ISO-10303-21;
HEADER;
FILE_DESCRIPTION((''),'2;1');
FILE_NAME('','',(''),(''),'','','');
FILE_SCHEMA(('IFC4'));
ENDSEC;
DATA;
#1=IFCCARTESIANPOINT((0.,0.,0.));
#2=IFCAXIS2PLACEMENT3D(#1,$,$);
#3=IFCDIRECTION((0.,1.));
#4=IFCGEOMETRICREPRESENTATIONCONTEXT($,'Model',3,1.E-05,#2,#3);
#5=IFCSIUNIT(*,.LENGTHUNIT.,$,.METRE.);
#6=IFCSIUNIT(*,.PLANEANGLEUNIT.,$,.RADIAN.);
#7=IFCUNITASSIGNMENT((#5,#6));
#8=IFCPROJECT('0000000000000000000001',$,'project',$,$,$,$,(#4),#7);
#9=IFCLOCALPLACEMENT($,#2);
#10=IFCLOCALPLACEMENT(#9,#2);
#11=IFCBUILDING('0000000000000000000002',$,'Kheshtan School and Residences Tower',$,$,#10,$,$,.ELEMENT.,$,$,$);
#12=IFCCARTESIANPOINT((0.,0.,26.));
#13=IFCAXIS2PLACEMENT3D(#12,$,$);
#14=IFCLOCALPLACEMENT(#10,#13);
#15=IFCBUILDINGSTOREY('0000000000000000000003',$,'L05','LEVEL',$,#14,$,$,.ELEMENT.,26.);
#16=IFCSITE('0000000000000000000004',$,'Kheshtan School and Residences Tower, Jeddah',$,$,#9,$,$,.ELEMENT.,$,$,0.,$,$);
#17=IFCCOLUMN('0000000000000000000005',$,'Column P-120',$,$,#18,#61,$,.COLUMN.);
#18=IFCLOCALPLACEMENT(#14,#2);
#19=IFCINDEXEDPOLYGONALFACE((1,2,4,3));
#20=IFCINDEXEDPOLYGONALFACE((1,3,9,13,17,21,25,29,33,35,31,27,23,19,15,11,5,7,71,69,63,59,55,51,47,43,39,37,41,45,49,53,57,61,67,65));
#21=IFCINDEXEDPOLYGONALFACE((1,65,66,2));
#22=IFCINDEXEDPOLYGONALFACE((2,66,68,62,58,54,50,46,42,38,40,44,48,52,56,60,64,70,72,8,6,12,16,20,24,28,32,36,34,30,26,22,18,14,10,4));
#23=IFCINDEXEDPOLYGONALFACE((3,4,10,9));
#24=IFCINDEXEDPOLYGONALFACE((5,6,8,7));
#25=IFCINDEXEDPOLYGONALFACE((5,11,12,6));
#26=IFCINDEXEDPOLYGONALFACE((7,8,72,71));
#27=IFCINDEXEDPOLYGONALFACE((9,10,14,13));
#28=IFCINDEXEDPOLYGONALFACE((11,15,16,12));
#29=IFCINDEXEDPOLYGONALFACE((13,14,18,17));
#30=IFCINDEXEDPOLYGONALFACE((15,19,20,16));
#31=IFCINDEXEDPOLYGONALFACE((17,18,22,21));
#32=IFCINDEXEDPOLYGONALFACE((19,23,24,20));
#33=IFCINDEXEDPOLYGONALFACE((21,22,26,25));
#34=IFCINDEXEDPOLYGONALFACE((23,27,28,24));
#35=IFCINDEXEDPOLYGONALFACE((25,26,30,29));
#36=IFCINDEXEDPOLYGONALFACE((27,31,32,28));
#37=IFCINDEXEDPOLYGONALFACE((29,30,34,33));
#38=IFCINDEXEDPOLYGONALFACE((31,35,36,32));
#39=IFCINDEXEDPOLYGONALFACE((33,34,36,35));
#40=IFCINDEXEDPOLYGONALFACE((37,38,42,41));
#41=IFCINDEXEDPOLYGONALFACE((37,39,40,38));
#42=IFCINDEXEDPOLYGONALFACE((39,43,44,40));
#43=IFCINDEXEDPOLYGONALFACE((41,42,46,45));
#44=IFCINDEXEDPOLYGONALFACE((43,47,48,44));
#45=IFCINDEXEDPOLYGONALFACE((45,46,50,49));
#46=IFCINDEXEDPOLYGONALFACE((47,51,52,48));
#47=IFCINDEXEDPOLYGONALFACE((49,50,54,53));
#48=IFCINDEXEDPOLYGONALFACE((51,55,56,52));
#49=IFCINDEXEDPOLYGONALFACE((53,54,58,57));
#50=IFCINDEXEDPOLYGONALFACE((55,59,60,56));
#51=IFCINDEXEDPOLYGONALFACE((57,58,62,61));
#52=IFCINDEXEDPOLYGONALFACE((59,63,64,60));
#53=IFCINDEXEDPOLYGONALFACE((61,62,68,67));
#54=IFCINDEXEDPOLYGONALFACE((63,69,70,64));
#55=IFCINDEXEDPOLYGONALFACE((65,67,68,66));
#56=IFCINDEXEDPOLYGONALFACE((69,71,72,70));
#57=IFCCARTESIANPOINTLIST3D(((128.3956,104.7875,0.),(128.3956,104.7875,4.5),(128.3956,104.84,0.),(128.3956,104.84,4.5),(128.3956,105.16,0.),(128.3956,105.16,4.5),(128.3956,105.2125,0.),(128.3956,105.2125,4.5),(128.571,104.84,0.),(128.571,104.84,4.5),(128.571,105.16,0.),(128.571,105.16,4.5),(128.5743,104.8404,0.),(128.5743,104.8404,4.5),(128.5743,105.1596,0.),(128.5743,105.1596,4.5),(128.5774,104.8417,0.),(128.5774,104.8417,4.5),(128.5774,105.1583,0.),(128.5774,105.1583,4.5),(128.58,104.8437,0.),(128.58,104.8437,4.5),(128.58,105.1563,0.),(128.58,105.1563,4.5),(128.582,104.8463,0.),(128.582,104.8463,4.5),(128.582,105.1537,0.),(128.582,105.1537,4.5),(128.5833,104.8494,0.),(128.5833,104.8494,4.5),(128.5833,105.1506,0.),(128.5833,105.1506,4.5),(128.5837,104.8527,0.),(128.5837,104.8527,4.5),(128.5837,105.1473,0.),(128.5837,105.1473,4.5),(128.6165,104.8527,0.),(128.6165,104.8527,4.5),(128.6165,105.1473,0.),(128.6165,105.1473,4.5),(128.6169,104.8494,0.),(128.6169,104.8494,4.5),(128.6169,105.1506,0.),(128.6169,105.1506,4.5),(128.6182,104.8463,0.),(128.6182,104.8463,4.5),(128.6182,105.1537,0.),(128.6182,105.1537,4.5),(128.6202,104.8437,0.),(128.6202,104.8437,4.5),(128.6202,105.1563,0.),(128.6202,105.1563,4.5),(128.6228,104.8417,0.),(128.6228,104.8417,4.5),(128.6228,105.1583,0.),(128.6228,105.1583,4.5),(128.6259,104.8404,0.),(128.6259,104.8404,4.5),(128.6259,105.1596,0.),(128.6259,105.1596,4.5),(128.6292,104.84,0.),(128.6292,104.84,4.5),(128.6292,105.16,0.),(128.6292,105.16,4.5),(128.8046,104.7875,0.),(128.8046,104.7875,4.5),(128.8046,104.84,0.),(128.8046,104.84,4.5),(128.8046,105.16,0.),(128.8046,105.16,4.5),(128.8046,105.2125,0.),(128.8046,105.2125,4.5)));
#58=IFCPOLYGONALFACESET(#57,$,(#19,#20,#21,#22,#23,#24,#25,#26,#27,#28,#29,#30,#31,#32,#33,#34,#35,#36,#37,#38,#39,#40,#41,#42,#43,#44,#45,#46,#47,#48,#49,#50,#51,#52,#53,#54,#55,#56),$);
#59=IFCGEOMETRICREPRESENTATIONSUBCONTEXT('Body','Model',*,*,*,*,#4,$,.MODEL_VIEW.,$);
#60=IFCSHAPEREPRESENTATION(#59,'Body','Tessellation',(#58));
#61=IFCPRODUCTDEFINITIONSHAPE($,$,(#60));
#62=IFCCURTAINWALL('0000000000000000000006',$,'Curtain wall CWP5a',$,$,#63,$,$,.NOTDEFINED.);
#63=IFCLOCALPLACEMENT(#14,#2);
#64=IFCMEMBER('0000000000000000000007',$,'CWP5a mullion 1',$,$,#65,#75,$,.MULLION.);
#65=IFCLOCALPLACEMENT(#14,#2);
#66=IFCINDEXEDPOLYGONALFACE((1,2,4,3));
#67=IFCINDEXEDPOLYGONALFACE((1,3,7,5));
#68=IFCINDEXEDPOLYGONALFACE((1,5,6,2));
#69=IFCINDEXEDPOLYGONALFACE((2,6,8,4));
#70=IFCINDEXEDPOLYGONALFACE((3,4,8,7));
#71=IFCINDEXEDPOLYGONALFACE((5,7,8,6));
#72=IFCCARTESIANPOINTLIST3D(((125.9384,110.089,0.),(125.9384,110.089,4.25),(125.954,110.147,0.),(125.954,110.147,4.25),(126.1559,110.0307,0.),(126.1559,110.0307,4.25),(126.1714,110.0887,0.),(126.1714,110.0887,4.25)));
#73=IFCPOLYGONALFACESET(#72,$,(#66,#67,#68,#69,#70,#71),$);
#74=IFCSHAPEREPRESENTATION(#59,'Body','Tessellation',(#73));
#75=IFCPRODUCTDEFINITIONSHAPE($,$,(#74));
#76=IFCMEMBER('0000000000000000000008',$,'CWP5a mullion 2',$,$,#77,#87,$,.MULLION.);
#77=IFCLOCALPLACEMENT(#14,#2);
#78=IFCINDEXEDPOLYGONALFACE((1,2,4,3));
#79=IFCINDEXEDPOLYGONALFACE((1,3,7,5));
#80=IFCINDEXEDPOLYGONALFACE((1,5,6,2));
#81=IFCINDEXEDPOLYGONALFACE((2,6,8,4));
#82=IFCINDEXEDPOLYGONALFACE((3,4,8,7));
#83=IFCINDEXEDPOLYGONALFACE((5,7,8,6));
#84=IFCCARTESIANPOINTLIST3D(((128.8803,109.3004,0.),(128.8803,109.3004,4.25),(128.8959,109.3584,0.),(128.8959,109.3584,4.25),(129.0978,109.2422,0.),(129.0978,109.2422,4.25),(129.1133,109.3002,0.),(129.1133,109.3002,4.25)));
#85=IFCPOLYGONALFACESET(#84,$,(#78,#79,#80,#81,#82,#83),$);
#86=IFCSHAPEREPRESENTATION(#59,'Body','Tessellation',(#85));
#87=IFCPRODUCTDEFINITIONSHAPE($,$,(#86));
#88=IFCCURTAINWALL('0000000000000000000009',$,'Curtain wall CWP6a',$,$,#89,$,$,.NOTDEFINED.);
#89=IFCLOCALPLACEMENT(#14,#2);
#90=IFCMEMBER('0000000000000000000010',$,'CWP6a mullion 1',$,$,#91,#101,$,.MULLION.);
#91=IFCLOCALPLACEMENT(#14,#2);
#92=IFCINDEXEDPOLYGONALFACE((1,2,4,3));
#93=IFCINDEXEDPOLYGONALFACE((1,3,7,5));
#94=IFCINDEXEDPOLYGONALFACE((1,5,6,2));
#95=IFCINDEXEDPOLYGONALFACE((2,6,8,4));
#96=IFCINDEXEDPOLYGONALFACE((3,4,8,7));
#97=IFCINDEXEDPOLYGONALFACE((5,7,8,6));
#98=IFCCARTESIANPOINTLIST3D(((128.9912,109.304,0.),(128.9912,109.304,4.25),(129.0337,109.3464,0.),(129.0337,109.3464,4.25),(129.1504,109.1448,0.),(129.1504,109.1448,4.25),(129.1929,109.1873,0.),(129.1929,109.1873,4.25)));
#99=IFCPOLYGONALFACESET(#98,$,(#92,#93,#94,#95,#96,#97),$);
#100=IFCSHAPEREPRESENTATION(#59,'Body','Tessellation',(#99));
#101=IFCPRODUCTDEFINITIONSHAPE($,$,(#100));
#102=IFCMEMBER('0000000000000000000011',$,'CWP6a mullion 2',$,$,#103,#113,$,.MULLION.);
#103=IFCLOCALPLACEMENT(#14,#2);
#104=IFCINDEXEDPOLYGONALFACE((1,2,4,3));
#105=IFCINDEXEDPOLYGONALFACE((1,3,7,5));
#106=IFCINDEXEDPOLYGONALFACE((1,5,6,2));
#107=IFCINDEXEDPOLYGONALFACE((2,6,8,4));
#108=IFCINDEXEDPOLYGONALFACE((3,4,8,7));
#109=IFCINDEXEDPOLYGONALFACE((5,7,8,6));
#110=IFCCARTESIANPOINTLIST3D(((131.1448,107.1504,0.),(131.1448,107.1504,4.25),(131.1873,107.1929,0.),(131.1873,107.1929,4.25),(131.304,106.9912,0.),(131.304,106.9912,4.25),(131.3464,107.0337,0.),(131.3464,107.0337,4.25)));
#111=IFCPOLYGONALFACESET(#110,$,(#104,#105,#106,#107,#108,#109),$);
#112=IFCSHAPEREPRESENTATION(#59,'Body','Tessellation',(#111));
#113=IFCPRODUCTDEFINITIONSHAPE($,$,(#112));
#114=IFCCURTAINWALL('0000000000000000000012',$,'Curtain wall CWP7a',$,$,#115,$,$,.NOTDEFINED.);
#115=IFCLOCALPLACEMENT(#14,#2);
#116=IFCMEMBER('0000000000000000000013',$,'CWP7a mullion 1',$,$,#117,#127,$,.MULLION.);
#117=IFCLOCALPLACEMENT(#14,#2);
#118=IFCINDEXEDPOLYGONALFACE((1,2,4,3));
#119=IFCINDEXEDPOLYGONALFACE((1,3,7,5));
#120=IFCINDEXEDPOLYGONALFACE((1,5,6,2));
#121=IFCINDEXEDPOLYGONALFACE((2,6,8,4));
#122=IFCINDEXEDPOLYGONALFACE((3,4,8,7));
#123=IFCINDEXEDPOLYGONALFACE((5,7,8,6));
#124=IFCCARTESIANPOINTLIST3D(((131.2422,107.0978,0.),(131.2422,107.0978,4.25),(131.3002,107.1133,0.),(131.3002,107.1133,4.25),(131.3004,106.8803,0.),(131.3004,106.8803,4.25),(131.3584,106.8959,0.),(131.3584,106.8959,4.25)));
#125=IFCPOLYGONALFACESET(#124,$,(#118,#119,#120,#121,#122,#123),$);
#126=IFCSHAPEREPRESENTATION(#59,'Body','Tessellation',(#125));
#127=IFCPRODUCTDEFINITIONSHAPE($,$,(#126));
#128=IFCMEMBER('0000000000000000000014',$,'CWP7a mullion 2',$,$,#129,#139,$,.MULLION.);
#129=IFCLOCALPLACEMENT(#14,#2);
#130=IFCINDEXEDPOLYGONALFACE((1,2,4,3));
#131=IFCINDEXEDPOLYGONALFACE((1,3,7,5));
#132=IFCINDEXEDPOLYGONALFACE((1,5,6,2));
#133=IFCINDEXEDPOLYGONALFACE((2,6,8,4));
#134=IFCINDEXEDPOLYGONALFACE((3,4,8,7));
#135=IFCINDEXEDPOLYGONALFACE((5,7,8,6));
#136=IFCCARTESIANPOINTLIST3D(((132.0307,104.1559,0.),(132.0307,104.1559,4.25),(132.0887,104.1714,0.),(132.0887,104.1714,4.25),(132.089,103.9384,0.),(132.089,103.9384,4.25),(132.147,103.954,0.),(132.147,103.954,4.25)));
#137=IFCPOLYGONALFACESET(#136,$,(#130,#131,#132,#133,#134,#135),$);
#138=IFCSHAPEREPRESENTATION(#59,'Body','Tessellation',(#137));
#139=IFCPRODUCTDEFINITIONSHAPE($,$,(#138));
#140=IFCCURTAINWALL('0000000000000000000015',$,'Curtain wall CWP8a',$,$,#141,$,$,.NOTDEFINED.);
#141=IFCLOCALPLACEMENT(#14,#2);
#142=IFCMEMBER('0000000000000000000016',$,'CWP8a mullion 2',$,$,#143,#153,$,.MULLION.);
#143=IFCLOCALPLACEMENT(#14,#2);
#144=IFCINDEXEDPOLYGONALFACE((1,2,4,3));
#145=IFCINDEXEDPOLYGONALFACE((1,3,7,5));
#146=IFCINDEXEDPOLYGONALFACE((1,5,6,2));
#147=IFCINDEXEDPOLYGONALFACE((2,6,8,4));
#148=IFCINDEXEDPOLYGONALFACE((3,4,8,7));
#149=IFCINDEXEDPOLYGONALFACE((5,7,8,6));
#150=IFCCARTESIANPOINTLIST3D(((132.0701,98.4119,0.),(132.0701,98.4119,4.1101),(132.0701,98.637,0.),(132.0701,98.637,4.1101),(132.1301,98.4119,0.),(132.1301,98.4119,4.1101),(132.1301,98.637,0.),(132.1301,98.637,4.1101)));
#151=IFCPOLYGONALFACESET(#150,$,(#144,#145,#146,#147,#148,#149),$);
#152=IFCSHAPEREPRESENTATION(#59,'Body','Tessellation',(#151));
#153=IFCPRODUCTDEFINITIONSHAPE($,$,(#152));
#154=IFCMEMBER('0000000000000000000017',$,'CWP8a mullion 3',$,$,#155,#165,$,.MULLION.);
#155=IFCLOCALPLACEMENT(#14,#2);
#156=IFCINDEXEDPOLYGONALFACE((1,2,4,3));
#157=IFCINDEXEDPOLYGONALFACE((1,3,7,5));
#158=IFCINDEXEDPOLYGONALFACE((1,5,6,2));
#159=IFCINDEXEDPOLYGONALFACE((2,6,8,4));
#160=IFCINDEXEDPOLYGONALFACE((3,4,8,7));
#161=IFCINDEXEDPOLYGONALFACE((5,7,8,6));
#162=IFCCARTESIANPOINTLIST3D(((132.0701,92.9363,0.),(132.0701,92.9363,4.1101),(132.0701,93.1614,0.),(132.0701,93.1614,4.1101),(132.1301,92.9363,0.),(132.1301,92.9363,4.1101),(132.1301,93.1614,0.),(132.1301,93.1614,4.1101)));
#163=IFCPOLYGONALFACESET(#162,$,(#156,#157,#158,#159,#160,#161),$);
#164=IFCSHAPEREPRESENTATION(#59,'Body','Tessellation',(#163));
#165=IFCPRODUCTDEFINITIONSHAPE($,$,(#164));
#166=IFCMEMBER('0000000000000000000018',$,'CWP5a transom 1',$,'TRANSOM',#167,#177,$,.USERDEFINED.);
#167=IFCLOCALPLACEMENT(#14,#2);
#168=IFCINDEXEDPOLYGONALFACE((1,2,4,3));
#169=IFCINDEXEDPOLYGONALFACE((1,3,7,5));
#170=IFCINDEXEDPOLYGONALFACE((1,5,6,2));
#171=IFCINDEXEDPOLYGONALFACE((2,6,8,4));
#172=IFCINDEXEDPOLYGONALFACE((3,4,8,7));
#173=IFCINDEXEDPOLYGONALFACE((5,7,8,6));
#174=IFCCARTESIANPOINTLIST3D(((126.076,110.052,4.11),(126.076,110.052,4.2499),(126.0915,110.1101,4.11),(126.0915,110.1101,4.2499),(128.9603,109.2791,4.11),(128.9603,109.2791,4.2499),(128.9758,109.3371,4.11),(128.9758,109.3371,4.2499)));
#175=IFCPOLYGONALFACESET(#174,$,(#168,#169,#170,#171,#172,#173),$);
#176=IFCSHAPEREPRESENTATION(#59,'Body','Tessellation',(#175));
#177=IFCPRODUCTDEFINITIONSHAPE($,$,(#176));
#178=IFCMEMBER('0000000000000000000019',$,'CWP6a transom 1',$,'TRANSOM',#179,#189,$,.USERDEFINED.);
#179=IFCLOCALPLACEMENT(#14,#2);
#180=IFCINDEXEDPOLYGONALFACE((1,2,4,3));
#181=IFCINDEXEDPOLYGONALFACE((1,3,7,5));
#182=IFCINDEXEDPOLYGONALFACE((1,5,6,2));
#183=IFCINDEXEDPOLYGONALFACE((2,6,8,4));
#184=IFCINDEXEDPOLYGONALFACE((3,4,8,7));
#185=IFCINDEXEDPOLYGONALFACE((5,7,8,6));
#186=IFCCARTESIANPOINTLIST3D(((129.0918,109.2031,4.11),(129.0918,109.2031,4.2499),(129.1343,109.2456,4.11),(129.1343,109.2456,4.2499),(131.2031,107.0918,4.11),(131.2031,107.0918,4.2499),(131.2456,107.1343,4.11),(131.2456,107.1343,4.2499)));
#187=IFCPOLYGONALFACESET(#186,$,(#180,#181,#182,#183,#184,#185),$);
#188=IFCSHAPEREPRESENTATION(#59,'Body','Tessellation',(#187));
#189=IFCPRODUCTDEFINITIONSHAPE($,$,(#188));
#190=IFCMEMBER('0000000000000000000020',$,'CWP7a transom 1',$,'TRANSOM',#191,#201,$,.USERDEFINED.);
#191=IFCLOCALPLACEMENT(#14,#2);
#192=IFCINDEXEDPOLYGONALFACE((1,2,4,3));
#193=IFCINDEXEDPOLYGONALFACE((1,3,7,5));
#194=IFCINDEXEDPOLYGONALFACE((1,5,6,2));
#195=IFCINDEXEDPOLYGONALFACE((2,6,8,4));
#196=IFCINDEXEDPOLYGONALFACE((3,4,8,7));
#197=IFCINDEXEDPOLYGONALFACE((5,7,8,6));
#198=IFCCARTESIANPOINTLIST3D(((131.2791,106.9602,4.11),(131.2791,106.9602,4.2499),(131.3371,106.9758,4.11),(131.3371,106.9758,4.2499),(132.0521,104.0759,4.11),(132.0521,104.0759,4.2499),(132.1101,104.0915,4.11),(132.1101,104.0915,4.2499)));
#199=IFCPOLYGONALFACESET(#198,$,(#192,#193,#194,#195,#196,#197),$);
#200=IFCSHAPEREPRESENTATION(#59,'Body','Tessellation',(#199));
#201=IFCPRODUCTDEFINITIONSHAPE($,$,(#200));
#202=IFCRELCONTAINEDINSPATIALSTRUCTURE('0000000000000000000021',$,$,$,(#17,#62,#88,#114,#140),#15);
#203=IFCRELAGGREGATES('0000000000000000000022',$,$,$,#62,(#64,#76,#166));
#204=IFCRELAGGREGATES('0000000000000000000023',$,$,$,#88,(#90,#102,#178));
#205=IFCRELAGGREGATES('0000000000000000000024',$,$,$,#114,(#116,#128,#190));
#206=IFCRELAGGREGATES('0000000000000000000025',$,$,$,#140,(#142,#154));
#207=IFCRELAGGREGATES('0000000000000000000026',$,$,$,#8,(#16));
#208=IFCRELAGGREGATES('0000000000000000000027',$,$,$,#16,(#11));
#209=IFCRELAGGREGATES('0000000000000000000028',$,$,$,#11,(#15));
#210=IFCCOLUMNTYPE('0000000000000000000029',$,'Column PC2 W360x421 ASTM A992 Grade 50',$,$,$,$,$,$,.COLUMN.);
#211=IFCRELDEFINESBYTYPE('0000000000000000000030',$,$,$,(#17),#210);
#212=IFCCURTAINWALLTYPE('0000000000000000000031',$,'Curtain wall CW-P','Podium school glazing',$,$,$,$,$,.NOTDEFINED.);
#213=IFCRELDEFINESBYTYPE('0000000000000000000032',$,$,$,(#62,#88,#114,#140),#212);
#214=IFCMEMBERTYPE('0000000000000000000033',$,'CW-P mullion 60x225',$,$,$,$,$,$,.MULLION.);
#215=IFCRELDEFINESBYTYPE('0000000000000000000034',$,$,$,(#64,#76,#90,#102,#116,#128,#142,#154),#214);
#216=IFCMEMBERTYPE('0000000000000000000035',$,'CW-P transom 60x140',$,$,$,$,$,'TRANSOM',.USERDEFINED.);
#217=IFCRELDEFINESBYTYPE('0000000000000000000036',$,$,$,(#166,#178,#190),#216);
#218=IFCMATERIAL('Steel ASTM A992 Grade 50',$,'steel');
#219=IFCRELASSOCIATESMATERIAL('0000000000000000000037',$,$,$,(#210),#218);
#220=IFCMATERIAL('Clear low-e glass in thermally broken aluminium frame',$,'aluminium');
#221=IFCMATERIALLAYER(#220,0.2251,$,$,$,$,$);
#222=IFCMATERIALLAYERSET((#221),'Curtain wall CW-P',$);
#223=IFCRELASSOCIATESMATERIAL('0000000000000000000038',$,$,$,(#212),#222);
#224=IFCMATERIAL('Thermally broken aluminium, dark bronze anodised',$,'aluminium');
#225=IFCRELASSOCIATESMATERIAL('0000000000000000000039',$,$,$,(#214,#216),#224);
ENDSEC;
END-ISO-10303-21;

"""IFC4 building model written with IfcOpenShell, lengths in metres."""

from ifc_helpers import new_model, si_unit, direction, frame, origin, origin_2d, place, context, subcontext, project, spatial, rectangle, i_section, extrude, material, layer, layer_set, material_profile, profile_set, type_object, element, aggregate, save


model = new_model("IFC4")

# Units and contexts
model_context = context("Model", 3, precision=1e-05, world=origin(), true_north=direction((0.0, 1.0)))
body_context = subcontext(model_context, "Body", "Model", "MODEL_VIEW")
ifc_project = project(units=[si_unit("LENGTHUNIT", "METRE"), si_unit("PLANEANGLEUNIT", "RADIAN")], contexts=[model_context])

# Site, building, storey
site_placement = place(None, origin())
site = spatial("IfcSite", under=ifc_project, at=site_placement, Name="Kheshtan School and Residences Tower, Jeddah", CompositionType="ELEMENT", RefElevation=0.0)
building_placement = place(site_placement, origin())
building = spatial("IfcBuilding", under=site, at=building_placement, Name="Kheshtan School and Residences Tower", CompositionType="ELEMENT")
storey_placement = place(building_placement, frame((0.0, 0.0, 26.0)))
storey = spatial("IfcBuildingStorey", under=building, at=storey_placement, Name="L05", Description="LEVEL", CompositionType="ELEMENT", Elevation=26.0)

# Column
ifc_material_1 = material(Name="Steel ASTM A992 Grade 50", Category="steel")
ifc_material_profile_1 = material_profile(ifc_material_1, i_section(OverallWidth=0.4089, OverallDepth=0.425, WebThickness=0.0327, FlangeThickness=0.0525, FilletRadius=0.0127, at=origin_2d()), Name="W360x421")
ifc_profile_set_1 = profile_set([ifc_material_profile_1], Name="Steel ASTM A992 Grade 50")
column_type = type_object("IfcColumnType", Name="Column PC2 W360x421 ASTM A992 Grade 50", PredefinedType="COLUMN", material=ifc_profile_set_1)
for number, where, z_axis, x_axis, name in (
    (1, (128.6001, 105.0, 0.0), (0.0, 0.0, 1.0), (1.0, 0.0, 0.0), "Column P-120"),
):
    element("IfcColumn", number, at=place(storey_placement, frame(where, z_axis=z_axis, x_axis=x_axis)), inside=storey, type_object=column_type, Name=name, PredefinedType="COLUMN", context=body_context, shape_type="SweptSolid", body=[
        extrude(i_section(OverallWidth=0.4089, OverallDepth=0.425, WebThickness=0.0327, FlangeThickness=0.0525, FilletRadius=0.0127, at=origin_2d()), origin(), (0.0, 0.0, 1.0), 4.5),
    ])

# Curtain walls, members
ifc_material_2 = material(Name="Clear low-e glass in thermally broken aluminium frame", Category="aluminium")
ifc_layer_1 = layer(ifc_material_2, 0.2251)
ifc_layer_set_1 = layer_set([ifc_layer_1], Name="Curtain wall CW-P")
curtain_wall_type = type_object("IfcCurtainWallType", Name="Curtain wall CW-P", Description="Podium school glazing", PredefinedType="NOTDEFINED", material=ifc_layer_set_1)
curtain_wall_1_placement = place(storey_placement, origin())
curtain_wall_1 = element("IfcCurtainWall", 2, at=curtain_wall_1_placement, inside=storey, type_object=curtain_wall_type, Name="Curtain wall CWP5a", PredefinedType="NOTDEFINED")
ifc_material_3 = material(Name="Thermally broken aluminium, dark bronze anodised", Category="aluminium")
ifc_material_profile_2 = material_profile(ifc_material_3, rectangle(XDim=0.0601, YDim=0.2251, at=origin_2d()), Name="CW-P mullion 60x225")
ifc_profile_set_2 = profile_set([ifc_material_profile_2], Name="Thermally broken aluminium, dark bronze anodised")
member_type_1 = type_object("IfcMemberType", Name="CW-P mullion 60x225", PredefinedType="MULLION", material=ifc_profile_set_2)
member_1_placement = place(storey_placement, frame((126.0549, 110.0889, 0.0), z_axis=(0.0, 0.0, 1.0), x_axis=(0.258865, 0.965914, 0.0)))
member_1 = element("IfcMember", 3, at=member_1_placement, type_object=member_type_1, Name="CWP5a mullion 1", PredefinedType="MULLION", context=body_context, shape_type="SweptSolid", body=[
    extrude(rectangle(XDim=0.0601, YDim=0.2251, at=origin_2d()), origin(), (0.0, 0.0, 1.0), 4.25),
])
member_2_placement = place(storey_placement, frame((128.9968, 109.3003, 0.0), z_axis=(0.0, 0.0, 1.0), x_axis=(0.258865, 0.965914, 0.0)))
member_2 = element("IfcMember", 4, at=member_2_placement, type_object=member_type_1, Name="CWP5a mullion 2", PredefinedType="MULLION", context=body_context, shape_type="SweptSolid", body=[
    extrude(rectangle(XDim=0.0601, YDim=0.2251, at=origin_2d()), origin(), (0.0, 0.0, 1.0), 4.25),
])
curtain_wall_2_placement = place(storey_placement, origin())
curtain_wall_2 = element("IfcCurtainWall", 5, at=curtain_wall_2_placement, inside=storey, type_object=curtain_wall_type, Name="Curtain wall CWP6a", PredefinedType="NOTDEFINED")
member_3_placement = place(storey_placement, frame((129.092, 109.2456, 0.0), z_axis=(0.0, 0.0, 1.0), x_axis=(0.707107, 0.707107, 0.0)))
member_3 = element("IfcMember", 6, at=member_3_placement, type_object=member_type_1, Name="CWP6a mullion 1", PredefinedType="MULLION", context=body_context, shape_type="SweptSolid", body=[
    extrude(rectangle(XDim=0.0601, YDim=0.2251, at=origin_2d()), origin(), (0.0, 0.0, 1.0), 4.25),
])
member_4_placement = place(storey_placement, frame((131.2456, 107.092, 0.0), z_axis=(0.0, 0.0, 1.0), x_axis=(0.707107, 0.707107, 0.0)))
member_4 = element("IfcMember", 7, at=member_4_placement, type_object=member_type_1, Name="CWP6a mullion 2", PredefinedType="MULLION", context=body_context, shape_type="SweptSolid", body=[
    extrude(rectangle(XDim=0.0601, YDim=0.2251, at=origin_2d()), origin(), (0.0, 0.0, 1.0), 4.25),
])
curtain_wall_3_placement = place(storey_placement, origin())
curtain_wall_3 = element("IfcCurtainWall", 8, at=curtain_wall_3_placement, inside=storey, type_object=curtain_wall_type, Name="Curtain wall CWP7a", PredefinedType="NOTDEFINED")
member_5_placement = place(storey_placement, frame((131.3003, 106.9968, 0.0), z_axis=(0.0, 0.0, 1.0), x_axis=(0.965914, 0.258865, 0.0)))
member_5 = element("IfcMember", 9, at=member_5_placement, type_object=member_type_1, Name="CWP7a mullion 1", PredefinedType="MULLION", context=body_context, shape_type="SweptSolid", body=[
    extrude(rectangle(XDim=0.0601, YDim=0.2251, at=origin_2d()), origin(), (0.0, 0.0, 1.0), 4.25),
])
member_6_placement = place(storey_placement, frame((132.0889, 104.0549, 0.0), z_axis=(0.0, 0.0, 1.0), x_axis=(0.965914, 0.258865, 0.0)))
member_6 = element("IfcMember", 10, at=member_6_placement, type_object=member_type_1, Name="CWP7a mullion 2", PredefinedType="MULLION", context=body_context, shape_type="SweptSolid", body=[
    extrude(rectangle(XDim=0.0601, YDim=0.2251, at=origin_2d()), origin(), (0.0, 0.0, 1.0), 4.25),
])
curtain_wall_4_placement = place(storey_placement, origin())
curtain_wall_4 = element("IfcCurtainWall", 11, at=curtain_wall_4_placement, inside=storey, type_object=curtain_wall_type, Name="Curtain wall CWP8a", PredefinedType="NOTDEFINED")
member_7_placement = place(storey_placement, frame((132.1001, 98.5244, 0.0), z_axis=(0.0, 0.0, 1.0), x_axis=(1.0, 0.0, 0.0)))
member_7 = element("IfcMember", 12, at=member_7_placement, type_object=member_type_1, Name="CWP8a mullion 2", PredefinedType="MULLION", context=body_context, shape_type="SweptSolid", body=[
    extrude(rectangle(XDim=0.0601, YDim=0.2251, at=origin_2d()), origin(), (0.0, 0.0, 1.0), 4.1101),
])
member_8_placement = place(storey_placement, frame((132.1001, 93.0488, 0.0), z_axis=(0.0, 0.0, 1.0), x_axis=(1.0, 0.0, 0.0)))
member_8 = element("IfcMember", 13, at=member_8_placement, type_object=member_type_1, Name="CWP8a mullion 3", PredefinedType="MULLION", context=body_context, shape_type="SweptSolid", body=[
    extrude(rectangle(XDim=0.0601, YDim=0.2251, at=origin_2d()), origin(), (0.0, 0.0, 1.0), 4.1101),
])

# Members
ifc_material_profile_3 = material_profile(ifc_material_3, rectangle(XDim=0.0601, YDim=0.1399, at=origin_2d()), Name="CW-P transom 60x140")
ifc_profile_set_3 = profile_set([ifc_material_profile_3], Name="Thermally broken aluminium, dark bronze anodised")
member_type_2 = type_object("IfcMemberType", Name="CW-P transom 60x140", ElementType="TRANSOM", PredefinedType="USERDEFINED", material=ifc_profile_set_3)
member_9_placement = place(storey_placement, frame((126.0837, 110.0811, 4.1799), z_axis=(0.965917, -0.258853, 0.0), x_axis=(0.258853, 0.965917, 0.0)))
member_9 = element("IfcMember", 14, at=member_9_placement, type_object=member_type_2, Name="CWP5a transom 1", ObjectType="TRANSOM", PredefinedType="USERDEFINED", context=body_context, shape_type="SweptSolid", body=[
    extrude(rectangle(XDim=0.0601, YDim=0.1399, at=origin_2d()), origin(), (0.0, 0.0, 1.0), 2.9861),
])
member_10_placement = place(storey_placement, frame((129.113, 109.2244, 4.1799), z_axis=(0.707107, -0.707107, 0.0), x_axis=(0.707107, 0.707107, 0.0)))
member_10 = element("IfcMember", 15, at=member_10_placement, type_object=member_type_2, Name="CWP6a transom 1", ObjectType="TRANSOM", PredefinedType="USERDEFINED", context=body_context, shape_type="SweptSolid", body=[
    extrude(rectangle(XDim=0.0601, YDim=0.1399, at=origin_2d()), origin(), (0.0, 0.0, 1.0), 2.9858),
])
member_11_placement = place(storey_placement, frame((131.3081, 106.968, 4.1799), z_axis=(0.258853, -0.965917, 0.0), x_axis=(0.965917, 0.258853, 0.0)))
member_11 = element("IfcMember", 16, at=member_11_placement, type_object=member_type_2, Name="CWP7a transom 1", ObjectType="TRANSOM", PredefinedType="USERDEFINED", context=body_context, shape_type="SweptSolid", body=[
    extrude(rectangle(XDim=0.0601, YDim=0.1399, at=origin_2d()), origin(), (0.0, 0.0, 1.0), 2.9861),
])

aggregate(curtain_wall_1, [member_1, member_2, member_9])
aggregate(curtain_wall_2, [member_3, member_4, member_10])
aggregate(curtain_wall_3, [member_5, member_6, member_11])
aggregate(curtain_wall_4, [member_7, member_8])

save(model, "model.ifc")
